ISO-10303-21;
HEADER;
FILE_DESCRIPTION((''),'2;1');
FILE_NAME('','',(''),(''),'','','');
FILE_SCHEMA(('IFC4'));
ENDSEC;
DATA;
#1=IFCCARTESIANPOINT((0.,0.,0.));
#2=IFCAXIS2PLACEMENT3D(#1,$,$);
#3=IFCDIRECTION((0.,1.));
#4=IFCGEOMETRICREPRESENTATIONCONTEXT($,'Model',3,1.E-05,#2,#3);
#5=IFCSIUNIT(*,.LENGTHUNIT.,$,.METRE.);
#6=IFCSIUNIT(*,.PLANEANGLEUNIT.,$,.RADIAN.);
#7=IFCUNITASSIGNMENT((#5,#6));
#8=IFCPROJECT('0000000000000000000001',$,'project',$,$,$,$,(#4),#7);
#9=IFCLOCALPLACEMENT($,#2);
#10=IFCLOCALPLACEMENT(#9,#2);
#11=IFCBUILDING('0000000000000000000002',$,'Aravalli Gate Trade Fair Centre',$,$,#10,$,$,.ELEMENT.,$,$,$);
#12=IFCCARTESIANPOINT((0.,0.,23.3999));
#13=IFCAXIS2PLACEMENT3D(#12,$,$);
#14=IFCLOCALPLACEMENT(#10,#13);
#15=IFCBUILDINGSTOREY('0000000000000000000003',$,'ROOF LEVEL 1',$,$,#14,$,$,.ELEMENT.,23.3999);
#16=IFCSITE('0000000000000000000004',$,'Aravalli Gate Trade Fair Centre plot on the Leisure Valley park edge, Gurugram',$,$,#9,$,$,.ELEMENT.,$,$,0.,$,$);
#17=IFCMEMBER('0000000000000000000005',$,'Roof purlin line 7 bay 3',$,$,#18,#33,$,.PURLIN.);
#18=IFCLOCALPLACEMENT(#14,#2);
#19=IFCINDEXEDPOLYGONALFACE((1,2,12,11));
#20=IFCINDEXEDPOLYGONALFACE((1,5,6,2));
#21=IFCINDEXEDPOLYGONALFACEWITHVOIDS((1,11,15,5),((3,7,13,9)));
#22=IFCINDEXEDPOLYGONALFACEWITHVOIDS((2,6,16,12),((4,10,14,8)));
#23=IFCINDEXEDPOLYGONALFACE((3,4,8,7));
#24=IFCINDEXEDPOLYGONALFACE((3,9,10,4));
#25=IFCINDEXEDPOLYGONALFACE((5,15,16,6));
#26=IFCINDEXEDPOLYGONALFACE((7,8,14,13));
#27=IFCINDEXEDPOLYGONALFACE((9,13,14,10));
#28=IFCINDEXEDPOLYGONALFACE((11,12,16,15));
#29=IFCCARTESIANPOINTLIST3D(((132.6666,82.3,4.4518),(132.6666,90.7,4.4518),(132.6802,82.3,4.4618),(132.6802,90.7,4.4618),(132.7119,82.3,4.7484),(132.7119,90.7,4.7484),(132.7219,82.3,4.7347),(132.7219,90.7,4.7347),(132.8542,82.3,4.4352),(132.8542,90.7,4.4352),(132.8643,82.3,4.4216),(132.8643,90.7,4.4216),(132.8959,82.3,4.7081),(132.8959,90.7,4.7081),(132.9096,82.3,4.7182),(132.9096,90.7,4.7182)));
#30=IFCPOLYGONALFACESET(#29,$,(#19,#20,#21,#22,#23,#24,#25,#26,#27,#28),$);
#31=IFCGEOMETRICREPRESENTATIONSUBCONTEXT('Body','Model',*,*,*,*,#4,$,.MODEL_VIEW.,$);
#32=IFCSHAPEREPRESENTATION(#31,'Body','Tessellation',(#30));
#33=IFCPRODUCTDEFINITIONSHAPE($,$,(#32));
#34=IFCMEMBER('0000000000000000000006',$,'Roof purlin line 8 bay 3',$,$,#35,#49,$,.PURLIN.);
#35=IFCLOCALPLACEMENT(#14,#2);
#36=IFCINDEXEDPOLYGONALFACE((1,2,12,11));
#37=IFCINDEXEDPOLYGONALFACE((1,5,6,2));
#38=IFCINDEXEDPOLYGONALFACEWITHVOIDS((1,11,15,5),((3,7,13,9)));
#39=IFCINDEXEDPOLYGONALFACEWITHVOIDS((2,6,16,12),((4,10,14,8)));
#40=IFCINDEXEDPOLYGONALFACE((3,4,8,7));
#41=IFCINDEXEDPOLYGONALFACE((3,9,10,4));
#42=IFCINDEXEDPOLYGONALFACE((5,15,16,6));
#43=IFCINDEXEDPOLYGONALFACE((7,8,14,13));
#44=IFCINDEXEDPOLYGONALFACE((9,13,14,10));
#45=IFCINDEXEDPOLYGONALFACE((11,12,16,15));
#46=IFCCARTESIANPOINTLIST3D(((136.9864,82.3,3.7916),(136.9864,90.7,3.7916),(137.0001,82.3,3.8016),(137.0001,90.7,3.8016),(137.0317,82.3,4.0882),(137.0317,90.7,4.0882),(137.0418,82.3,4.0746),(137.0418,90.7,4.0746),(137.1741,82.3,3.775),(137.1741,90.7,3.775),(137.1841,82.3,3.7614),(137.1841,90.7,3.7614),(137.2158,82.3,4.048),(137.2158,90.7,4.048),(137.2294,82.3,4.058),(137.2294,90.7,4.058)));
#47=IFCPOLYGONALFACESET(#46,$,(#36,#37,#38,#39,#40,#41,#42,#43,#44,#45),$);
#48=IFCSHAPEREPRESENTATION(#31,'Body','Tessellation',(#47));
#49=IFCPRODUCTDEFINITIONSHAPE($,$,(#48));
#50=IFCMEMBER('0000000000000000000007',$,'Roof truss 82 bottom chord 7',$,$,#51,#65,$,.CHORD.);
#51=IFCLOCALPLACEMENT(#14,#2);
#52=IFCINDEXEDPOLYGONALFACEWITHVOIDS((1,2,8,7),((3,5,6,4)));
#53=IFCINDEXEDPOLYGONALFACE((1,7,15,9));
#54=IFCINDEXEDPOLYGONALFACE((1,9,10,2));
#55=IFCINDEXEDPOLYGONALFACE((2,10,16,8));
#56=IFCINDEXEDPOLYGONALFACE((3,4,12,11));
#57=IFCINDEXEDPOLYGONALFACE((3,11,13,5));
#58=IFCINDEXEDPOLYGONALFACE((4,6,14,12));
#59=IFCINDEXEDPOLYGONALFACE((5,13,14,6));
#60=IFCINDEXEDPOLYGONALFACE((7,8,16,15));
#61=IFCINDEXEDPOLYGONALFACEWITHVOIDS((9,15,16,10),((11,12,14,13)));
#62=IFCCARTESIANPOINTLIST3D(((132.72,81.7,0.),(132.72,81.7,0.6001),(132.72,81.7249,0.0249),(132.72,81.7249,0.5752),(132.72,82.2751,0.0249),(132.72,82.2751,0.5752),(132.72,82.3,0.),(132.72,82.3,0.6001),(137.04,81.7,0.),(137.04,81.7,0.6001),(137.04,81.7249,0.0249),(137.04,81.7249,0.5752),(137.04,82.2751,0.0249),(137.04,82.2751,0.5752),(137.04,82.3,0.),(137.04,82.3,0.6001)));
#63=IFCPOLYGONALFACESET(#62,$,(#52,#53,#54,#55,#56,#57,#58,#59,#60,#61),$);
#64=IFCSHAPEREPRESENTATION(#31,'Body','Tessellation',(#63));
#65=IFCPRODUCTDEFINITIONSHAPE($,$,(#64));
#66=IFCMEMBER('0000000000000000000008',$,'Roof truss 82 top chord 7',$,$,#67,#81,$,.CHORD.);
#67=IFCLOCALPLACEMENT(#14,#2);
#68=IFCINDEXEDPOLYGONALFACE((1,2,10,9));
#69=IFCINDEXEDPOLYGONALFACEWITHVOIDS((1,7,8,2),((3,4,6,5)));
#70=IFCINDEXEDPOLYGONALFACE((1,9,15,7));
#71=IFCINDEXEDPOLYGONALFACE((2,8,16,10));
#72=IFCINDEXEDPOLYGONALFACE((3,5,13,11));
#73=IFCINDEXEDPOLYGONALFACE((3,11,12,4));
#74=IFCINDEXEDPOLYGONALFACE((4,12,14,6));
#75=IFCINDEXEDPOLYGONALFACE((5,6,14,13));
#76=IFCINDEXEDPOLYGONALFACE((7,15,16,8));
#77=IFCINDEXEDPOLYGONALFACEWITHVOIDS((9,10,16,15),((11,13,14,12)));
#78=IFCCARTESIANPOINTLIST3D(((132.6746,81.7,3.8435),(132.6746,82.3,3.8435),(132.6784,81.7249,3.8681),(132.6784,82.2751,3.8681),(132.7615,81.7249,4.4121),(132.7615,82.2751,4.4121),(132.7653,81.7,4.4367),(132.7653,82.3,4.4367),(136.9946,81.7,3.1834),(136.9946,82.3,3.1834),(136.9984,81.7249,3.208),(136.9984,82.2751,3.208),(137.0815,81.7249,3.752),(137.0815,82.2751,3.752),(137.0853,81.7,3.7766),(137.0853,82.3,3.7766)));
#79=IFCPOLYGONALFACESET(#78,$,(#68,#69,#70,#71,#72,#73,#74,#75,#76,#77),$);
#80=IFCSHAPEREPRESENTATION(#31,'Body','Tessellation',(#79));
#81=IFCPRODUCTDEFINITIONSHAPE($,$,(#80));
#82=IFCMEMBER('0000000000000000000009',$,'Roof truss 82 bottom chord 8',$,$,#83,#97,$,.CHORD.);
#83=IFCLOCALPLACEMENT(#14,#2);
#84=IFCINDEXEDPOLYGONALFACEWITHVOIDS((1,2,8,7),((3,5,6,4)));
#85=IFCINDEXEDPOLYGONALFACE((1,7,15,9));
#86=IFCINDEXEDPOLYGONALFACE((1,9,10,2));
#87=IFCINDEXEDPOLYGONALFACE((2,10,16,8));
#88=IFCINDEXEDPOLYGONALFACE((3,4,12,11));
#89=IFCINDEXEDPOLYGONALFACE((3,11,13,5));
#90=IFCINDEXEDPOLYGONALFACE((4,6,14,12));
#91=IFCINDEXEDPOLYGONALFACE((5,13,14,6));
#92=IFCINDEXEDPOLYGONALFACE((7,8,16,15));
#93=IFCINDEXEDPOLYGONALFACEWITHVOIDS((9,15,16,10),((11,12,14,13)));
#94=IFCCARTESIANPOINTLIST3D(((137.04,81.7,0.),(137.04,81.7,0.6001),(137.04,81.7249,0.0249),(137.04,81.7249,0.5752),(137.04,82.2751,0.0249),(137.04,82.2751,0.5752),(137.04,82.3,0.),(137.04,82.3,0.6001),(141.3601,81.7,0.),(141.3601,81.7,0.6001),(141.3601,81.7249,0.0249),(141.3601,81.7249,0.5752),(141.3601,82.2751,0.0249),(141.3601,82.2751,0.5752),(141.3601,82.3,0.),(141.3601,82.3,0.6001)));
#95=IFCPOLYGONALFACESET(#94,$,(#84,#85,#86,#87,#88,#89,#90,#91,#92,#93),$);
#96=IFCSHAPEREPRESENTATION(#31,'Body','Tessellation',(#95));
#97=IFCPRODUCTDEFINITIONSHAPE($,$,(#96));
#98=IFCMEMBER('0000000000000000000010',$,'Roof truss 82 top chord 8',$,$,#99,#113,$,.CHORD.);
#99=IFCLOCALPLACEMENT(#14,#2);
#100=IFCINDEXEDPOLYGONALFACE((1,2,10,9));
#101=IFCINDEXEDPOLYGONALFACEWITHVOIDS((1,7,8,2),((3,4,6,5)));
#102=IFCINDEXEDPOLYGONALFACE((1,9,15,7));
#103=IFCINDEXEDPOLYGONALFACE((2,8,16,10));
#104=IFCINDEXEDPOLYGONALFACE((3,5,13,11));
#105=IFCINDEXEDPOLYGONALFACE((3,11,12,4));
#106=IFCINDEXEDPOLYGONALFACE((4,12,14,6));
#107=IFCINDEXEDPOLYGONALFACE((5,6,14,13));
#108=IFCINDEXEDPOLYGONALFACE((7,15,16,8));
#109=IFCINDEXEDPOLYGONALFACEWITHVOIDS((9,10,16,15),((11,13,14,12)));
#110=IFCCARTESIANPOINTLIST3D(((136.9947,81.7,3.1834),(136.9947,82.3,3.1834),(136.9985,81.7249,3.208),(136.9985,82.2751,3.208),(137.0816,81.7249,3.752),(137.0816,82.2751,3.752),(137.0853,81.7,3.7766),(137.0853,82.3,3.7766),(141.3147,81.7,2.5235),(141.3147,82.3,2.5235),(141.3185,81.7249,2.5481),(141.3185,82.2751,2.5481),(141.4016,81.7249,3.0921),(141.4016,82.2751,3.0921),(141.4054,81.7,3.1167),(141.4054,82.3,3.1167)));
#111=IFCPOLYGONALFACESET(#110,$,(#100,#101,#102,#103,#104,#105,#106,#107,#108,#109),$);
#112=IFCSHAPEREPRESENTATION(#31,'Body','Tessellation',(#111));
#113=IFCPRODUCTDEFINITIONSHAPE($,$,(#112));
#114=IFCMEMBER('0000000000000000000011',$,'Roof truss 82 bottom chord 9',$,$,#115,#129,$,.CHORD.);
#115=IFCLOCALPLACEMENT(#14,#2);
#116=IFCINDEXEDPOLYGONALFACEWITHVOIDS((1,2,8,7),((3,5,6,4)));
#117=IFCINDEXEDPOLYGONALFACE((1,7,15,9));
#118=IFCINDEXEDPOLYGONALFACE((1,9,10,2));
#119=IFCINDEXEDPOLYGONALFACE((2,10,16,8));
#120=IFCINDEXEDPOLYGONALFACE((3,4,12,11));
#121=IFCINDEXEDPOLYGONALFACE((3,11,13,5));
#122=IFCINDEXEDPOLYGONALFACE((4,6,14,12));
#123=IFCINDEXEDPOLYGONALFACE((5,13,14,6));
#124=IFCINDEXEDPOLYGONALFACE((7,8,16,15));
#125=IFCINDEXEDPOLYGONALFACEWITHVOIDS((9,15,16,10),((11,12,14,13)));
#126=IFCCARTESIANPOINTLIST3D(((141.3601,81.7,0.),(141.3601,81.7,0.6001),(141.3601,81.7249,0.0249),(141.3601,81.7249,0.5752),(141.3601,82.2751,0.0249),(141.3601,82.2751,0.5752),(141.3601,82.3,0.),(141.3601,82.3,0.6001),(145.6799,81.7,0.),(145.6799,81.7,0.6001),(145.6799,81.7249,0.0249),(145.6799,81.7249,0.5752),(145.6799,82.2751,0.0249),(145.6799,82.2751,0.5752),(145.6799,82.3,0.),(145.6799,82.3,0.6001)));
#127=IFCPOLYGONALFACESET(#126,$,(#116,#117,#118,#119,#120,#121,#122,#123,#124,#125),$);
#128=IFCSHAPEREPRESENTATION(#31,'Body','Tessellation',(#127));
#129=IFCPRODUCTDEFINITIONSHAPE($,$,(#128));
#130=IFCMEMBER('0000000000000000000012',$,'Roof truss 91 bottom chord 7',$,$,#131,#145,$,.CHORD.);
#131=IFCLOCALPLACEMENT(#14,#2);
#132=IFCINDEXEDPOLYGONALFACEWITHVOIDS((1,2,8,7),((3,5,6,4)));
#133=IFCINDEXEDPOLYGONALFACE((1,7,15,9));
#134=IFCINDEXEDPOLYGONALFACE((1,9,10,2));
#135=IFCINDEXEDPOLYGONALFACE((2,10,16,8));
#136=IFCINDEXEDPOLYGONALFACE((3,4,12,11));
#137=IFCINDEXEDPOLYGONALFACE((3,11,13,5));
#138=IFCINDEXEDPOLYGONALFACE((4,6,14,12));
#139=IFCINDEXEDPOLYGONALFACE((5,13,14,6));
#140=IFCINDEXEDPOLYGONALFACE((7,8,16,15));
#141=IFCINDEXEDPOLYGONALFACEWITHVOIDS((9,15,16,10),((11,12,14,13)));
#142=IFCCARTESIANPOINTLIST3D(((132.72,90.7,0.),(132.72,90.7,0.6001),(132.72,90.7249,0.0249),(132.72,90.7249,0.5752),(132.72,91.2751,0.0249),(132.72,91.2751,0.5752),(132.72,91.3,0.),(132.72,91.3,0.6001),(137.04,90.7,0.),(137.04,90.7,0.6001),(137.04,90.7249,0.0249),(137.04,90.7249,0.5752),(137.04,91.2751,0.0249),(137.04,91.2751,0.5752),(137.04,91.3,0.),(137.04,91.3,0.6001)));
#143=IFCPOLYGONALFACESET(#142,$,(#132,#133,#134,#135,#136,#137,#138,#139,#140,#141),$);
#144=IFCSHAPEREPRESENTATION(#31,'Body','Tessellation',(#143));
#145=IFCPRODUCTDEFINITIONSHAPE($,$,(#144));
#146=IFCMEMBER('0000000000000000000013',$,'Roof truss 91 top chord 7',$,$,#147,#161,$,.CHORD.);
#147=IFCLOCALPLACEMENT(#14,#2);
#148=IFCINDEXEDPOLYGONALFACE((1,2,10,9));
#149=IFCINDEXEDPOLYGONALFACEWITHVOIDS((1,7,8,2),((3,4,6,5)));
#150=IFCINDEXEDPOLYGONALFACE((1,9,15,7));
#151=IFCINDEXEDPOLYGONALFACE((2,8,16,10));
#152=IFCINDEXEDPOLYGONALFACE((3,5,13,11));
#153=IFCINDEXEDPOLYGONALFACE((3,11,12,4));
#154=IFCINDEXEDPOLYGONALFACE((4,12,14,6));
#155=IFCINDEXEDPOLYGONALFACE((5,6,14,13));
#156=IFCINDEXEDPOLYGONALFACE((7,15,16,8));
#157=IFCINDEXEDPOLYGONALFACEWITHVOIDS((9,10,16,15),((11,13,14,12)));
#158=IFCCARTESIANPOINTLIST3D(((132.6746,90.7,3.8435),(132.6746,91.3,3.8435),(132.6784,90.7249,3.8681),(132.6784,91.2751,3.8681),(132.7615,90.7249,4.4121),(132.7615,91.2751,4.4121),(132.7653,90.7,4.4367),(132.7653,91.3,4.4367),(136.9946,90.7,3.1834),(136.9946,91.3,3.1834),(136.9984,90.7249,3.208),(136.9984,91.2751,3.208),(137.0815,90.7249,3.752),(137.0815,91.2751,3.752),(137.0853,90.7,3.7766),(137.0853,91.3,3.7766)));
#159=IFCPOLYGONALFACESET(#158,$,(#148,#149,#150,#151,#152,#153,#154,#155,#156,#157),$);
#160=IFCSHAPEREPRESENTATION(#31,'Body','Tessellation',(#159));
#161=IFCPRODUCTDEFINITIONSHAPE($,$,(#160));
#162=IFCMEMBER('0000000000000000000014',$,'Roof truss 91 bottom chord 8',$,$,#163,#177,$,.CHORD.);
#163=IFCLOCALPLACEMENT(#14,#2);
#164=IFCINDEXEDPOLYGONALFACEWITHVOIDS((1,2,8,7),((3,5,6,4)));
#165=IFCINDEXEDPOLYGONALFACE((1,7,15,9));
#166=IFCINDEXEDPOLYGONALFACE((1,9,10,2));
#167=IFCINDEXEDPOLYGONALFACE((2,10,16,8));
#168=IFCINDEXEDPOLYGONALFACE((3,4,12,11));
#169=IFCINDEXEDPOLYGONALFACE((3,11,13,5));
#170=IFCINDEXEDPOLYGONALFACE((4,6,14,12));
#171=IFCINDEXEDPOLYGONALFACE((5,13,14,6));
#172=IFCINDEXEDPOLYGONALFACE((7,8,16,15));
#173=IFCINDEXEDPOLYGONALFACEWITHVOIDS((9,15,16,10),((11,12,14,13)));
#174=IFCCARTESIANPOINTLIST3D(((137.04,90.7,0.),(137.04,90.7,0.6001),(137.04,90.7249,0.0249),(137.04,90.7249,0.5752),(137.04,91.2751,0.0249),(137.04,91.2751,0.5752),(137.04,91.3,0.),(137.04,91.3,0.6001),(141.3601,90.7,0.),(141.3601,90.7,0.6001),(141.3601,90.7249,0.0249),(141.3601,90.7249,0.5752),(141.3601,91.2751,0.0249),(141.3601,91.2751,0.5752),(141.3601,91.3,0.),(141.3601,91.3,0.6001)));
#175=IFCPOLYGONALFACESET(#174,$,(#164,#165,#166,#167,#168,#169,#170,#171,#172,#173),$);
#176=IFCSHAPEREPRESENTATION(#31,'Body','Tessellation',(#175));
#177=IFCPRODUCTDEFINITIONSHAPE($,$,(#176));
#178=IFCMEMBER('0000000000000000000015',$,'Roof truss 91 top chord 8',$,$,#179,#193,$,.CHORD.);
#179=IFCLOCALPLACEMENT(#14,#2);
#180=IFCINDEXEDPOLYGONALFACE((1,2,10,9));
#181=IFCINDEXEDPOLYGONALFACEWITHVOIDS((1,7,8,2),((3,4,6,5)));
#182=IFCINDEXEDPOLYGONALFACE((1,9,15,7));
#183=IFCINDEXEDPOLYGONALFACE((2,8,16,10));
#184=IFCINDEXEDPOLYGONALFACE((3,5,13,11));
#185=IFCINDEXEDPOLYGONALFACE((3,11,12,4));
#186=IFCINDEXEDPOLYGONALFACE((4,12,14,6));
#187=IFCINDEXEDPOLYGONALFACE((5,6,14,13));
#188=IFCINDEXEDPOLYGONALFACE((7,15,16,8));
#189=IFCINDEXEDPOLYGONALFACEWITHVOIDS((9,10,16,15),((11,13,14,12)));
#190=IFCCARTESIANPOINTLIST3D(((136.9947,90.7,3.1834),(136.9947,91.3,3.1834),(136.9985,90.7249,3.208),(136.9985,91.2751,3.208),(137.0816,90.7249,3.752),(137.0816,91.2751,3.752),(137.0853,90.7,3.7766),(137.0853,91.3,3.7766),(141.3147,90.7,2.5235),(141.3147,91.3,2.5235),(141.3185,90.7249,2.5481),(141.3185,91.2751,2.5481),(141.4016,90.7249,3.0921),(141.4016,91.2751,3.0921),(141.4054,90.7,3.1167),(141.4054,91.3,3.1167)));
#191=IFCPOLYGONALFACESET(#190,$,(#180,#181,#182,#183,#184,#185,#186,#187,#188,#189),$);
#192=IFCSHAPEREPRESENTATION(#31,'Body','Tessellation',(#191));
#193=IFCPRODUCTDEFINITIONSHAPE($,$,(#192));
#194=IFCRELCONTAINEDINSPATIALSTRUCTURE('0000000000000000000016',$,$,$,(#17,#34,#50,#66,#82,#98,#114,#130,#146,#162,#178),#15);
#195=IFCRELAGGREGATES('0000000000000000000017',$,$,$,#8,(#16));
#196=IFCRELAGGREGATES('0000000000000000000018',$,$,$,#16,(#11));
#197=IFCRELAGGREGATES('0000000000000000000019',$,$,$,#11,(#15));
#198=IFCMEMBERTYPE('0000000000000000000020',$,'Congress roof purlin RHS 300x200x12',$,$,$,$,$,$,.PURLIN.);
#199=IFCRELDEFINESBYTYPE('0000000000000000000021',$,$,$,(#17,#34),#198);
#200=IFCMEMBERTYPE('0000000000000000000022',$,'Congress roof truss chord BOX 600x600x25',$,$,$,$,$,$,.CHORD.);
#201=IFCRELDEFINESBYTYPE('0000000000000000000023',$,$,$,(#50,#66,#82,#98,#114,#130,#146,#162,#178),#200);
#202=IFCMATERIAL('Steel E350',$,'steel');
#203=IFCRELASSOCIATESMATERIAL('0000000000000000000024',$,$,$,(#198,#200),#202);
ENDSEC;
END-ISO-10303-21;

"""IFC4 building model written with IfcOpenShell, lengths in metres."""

from ifc_helpers import new_model, si_unit, direction, frame, origin, origin_2d, place, context, subcontext, project, spatial, hollow_rectangle, extrude, material, material_profile, profile_set, type_object, element, save


model = new_model("IFC4")

# Units and contexts
model_context = context("Model", 3, precision=1e-05, world=origin(), true_north=direction((0.0, 1.0)))
body_context = subcontext(model_context, "Body", "Model", "MODEL_VIEW")
ifc_project = project(units=[si_unit("LENGTHUNIT", "METRE"), si_unit("PLANEANGLEUNIT", "RADIAN")], contexts=[model_context])

# Site, building, storey
site_placement = place(None, origin())
site = spatial("IfcSite", under=ifc_project, at=site_placement, Name="Aravalli Gate Trade Fair Centre plot on the Leisure Valley park edge, Gurugram", CompositionType="ELEMENT", RefElevation=0.0)
building_placement = place(site_placement, origin())
building = spatial("IfcBuilding", under=site, at=building_placement, Name="Aravalli Gate Trade Fair Centre", CompositionType="ELEMENT")
storey_placement = place(building_placement, frame((0.0, 0.0, 23.3999)))
storey = spatial("IfcBuildingStorey", under=building, at=storey_placement, Name="ROOF LEVEL 1", CompositionType="ELEMENT", Elevation=23.3999)

# Members
ifc_material_1 = material(Name="Steel E350", Category="steel")
ifc_material_profile_1 = material_profile(ifc_material_1, hollow_rectangle(XDim=0.2, YDim=0.3, WallThickness=0.012, at=origin_2d()), Name="RHS 300x200x12")
ifc_profile_set_1 = profile_set([ifc_material_profile_1], Name="Steel E350")
member_type_1 = type_object("IfcMemberType", Name="Congress roof purlin RHS 300x200x12", PredefinedType="PURLIN", material=ifc_profile_set_1)
for number, where, z_axis, x_axis, name in (
    (1, (132.7881, 82.3, 4.585), (0.0, 1.0, 0.0), (-0.98853, 0.0, 0.151026), "Roof purlin line 7 bay 3"),
    (2, (137.1079, 82.3, 3.9248), (0.0, 1.0, 0.0), (-0.98853, 0.0, 0.151026), "Roof purlin line 8 bay 3"),
):
    element("IfcMember", number, at=place(storey_placement, frame(where, z_axis=z_axis, x_axis=x_axis)), inside=storey, type_object=member_type_1, Name=name, PredefinedType="PURLIN", context=body_context, shape_type="SweptSolid", body=[
        extrude(hollow_rectangle(XDim=0.2, YDim=0.3, WallThickness=0.012, at=origin_2d()), origin(), (0.0, 0.0, 1.0), 8.3999),
    ])
ifc_material_profile_2 = material_profile(ifc_material_1, hollow_rectangle(XDim=0.6001, YDim=0.6001, WallThickness=0.0249, at=origin_2d()), Name="BOX 600x600x25")
ifc_profile_set_2 = profile_set([ifc_material_profile_2], Name="Steel E350")
member_type_2 = type_object("IfcMemberType", Name="Congress roof truss chord BOX 600x600x25", PredefinedType="CHORD", material=ifc_profile_set_2)
member_1_placement = place(storey_placement, frame((132.72, 82.0, 0.3), z_axis=(1.0, 0.0, 0.0), x_axis=(0.0, 1.0, 0.0)))
element("IfcMember", 3, at=member_1_placement, inside=storey, type_object=member_type_2, Name="Roof truss 82 bottom chord 7", PredefinedType="CHORD", context=body_context, shape_type="SweptSolid", body=[
    extrude(hollow_rectangle(XDim=0.6001, YDim=0.6001, WallThickness=0.0249, at=origin_2d()), origin(), (0.0, 0.0, 1.0), 4.3201),
])
member_2_placement = place(storey_placement, frame((132.72, 82.0, 4.1401), z_axis=(0.988525, 0.0, -0.151058), x_axis=(0.0, 1.0, 0.0)))
element("IfcMember", 4, at=member_2_placement, inside=storey, type_object=member_type_2, Name="Roof truss 82 top chord 7", PredefinedType="CHORD", context=body_context, shape_type="SweptSolid", body=[
    extrude(hollow_rectangle(XDim=0.6001, YDim=0.6001, WallThickness=0.0249, at=origin_2d()), origin(), (0.0, 0.0, 1.0), 4.3701),
])
member_3_placement = place(storey_placement, frame((137.04, 82.0, 0.3), z_axis=(1.0, 0.0, 0.0), x_axis=(0.0, 1.0, 0.0)))
element("IfcMember", 5, at=member_3_placement, inside=storey, type_object=member_type_2, Name="Roof truss 82 bottom chord 8", PredefinedType="CHORD", context=body_context, shape_type="SweptSolid", body=[
    extrude(hollow_rectangle(XDim=0.6001, YDim=0.6001, WallThickness=0.0249, at=origin_2d()), origin(), (0.0, 0.0, 1.0), 4.3201),
])
member_4_placement = place(storey_placement, frame((137.04, 82.0, 3.48), z_axis=(0.988533, 0.0, -0.151003), x_axis=(0.0, 1.0, 0.0)))
element("IfcMember", 6, at=member_4_placement, inside=storey, type_object=member_type_2, Name="Roof truss 82 top chord 8", PredefinedType="CHORD", context=body_context, shape_type="SweptSolid", body=[
    extrude(hollow_rectangle(XDim=0.6001, YDim=0.6001, WallThickness=0.0249, at=origin_2d()), origin(), (0.0, 0.0, 1.0), 4.3701),
])
member_5_placement = place(storey_placement, frame((141.3601, 82.0, 0.3), z_axis=(1.0, 0.0, 0.0), x_axis=(0.0, 1.0, 0.0)))
element("IfcMember", 7, at=member_5_placement, inside=storey, type_object=member_type_2, Name="Roof truss 82 bottom chord 9", PredefinedType="CHORD", context=body_context, shape_type="SweptSolid", body=[
    extrude(hollow_rectangle(XDim=0.6001, YDim=0.6001, WallThickness=0.0249, at=origin_2d()), origin(), (0.0, 0.0, 1.0), 4.3198),
])
member_6_placement = place(storey_placement, frame((132.72, 91.0, 0.3), z_axis=(1.0, 0.0, 0.0), x_axis=(0.0, 1.0, 0.0)))
element("IfcMember", 8, at=member_6_placement, inside=storey, type_object=member_type_2, Name="Roof truss 91 bottom chord 7", PredefinedType="CHORD", context=body_context, shape_type="SweptSolid", body=[
    extrude(hollow_rectangle(XDim=0.6001, YDim=0.6001, WallThickness=0.0249, at=origin_2d()), origin(), (0.0, 0.0, 1.0), 4.3201),
])
member_7_placement = place(storey_placement, frame((132.72, 91.0, 4.1401), z_axis=(0.988525, 0.0, -0.151058), x_axis=(0.0, 1.0, 0.0)))
element("IfcMember", 9, at=member_7_placement, inside=storey, type_object=member_type_2, Name="Roof truss 91 top chord 7", PredefinedType="CHORD", context=body_context, shape_type="SweptSolid", body=[
    extrude(hollow_rectangle(XDim=0.6001, YDim=0.6001, WallThickness=0.0249, at=origin_2d()), origin(), (0.0, 0.0, 1.0), 4.3701),
])
member_8_placement = place(storey_placement, frame((137.04, 91.0, 0.3), z_axis=(1.0, 0.0, 0.0), x_axis=(0.0, 1.0, 0.0)))
element("IfcMember", 10, at=member_8_placement, inside=storey, type_object=member_type_2, Name="Roof truss 91 bottom chord 8", PredefinedType="CHORD", context=body_context, shape_type="SweptSolid", body=[
    extrude(hollow_rectangle(XDim=0.6001, YDim=0.6001, WallThickness=0.0249, at=origin_2d()), origin(), (0.0, 0.0, 1.0), 4.3201),
])
member_9_placement = place(storey_placement, frame((137.04, 91.0, 3.48), z_axis=(0.988533, 0.0, -0.151003), x_axis=(0.0, 1.0, 0.0)))
element("IfcMember", 11, at=member_9_placement, inside=storey, type_object=member_type_2, Name="Roof truss 91 top chord 8", PredefinedType="CHORD", context=body_context, shape_type="SweptSolid", body=[
    extrude(hollow_rectangle(XDim=0.6001, YDim=0.6001, WallThickness=0.0249, at=origin_2d()), origin(), (0.0, 0.0, 1.0), 4.3701),
])

save(model, "model.ifc")
